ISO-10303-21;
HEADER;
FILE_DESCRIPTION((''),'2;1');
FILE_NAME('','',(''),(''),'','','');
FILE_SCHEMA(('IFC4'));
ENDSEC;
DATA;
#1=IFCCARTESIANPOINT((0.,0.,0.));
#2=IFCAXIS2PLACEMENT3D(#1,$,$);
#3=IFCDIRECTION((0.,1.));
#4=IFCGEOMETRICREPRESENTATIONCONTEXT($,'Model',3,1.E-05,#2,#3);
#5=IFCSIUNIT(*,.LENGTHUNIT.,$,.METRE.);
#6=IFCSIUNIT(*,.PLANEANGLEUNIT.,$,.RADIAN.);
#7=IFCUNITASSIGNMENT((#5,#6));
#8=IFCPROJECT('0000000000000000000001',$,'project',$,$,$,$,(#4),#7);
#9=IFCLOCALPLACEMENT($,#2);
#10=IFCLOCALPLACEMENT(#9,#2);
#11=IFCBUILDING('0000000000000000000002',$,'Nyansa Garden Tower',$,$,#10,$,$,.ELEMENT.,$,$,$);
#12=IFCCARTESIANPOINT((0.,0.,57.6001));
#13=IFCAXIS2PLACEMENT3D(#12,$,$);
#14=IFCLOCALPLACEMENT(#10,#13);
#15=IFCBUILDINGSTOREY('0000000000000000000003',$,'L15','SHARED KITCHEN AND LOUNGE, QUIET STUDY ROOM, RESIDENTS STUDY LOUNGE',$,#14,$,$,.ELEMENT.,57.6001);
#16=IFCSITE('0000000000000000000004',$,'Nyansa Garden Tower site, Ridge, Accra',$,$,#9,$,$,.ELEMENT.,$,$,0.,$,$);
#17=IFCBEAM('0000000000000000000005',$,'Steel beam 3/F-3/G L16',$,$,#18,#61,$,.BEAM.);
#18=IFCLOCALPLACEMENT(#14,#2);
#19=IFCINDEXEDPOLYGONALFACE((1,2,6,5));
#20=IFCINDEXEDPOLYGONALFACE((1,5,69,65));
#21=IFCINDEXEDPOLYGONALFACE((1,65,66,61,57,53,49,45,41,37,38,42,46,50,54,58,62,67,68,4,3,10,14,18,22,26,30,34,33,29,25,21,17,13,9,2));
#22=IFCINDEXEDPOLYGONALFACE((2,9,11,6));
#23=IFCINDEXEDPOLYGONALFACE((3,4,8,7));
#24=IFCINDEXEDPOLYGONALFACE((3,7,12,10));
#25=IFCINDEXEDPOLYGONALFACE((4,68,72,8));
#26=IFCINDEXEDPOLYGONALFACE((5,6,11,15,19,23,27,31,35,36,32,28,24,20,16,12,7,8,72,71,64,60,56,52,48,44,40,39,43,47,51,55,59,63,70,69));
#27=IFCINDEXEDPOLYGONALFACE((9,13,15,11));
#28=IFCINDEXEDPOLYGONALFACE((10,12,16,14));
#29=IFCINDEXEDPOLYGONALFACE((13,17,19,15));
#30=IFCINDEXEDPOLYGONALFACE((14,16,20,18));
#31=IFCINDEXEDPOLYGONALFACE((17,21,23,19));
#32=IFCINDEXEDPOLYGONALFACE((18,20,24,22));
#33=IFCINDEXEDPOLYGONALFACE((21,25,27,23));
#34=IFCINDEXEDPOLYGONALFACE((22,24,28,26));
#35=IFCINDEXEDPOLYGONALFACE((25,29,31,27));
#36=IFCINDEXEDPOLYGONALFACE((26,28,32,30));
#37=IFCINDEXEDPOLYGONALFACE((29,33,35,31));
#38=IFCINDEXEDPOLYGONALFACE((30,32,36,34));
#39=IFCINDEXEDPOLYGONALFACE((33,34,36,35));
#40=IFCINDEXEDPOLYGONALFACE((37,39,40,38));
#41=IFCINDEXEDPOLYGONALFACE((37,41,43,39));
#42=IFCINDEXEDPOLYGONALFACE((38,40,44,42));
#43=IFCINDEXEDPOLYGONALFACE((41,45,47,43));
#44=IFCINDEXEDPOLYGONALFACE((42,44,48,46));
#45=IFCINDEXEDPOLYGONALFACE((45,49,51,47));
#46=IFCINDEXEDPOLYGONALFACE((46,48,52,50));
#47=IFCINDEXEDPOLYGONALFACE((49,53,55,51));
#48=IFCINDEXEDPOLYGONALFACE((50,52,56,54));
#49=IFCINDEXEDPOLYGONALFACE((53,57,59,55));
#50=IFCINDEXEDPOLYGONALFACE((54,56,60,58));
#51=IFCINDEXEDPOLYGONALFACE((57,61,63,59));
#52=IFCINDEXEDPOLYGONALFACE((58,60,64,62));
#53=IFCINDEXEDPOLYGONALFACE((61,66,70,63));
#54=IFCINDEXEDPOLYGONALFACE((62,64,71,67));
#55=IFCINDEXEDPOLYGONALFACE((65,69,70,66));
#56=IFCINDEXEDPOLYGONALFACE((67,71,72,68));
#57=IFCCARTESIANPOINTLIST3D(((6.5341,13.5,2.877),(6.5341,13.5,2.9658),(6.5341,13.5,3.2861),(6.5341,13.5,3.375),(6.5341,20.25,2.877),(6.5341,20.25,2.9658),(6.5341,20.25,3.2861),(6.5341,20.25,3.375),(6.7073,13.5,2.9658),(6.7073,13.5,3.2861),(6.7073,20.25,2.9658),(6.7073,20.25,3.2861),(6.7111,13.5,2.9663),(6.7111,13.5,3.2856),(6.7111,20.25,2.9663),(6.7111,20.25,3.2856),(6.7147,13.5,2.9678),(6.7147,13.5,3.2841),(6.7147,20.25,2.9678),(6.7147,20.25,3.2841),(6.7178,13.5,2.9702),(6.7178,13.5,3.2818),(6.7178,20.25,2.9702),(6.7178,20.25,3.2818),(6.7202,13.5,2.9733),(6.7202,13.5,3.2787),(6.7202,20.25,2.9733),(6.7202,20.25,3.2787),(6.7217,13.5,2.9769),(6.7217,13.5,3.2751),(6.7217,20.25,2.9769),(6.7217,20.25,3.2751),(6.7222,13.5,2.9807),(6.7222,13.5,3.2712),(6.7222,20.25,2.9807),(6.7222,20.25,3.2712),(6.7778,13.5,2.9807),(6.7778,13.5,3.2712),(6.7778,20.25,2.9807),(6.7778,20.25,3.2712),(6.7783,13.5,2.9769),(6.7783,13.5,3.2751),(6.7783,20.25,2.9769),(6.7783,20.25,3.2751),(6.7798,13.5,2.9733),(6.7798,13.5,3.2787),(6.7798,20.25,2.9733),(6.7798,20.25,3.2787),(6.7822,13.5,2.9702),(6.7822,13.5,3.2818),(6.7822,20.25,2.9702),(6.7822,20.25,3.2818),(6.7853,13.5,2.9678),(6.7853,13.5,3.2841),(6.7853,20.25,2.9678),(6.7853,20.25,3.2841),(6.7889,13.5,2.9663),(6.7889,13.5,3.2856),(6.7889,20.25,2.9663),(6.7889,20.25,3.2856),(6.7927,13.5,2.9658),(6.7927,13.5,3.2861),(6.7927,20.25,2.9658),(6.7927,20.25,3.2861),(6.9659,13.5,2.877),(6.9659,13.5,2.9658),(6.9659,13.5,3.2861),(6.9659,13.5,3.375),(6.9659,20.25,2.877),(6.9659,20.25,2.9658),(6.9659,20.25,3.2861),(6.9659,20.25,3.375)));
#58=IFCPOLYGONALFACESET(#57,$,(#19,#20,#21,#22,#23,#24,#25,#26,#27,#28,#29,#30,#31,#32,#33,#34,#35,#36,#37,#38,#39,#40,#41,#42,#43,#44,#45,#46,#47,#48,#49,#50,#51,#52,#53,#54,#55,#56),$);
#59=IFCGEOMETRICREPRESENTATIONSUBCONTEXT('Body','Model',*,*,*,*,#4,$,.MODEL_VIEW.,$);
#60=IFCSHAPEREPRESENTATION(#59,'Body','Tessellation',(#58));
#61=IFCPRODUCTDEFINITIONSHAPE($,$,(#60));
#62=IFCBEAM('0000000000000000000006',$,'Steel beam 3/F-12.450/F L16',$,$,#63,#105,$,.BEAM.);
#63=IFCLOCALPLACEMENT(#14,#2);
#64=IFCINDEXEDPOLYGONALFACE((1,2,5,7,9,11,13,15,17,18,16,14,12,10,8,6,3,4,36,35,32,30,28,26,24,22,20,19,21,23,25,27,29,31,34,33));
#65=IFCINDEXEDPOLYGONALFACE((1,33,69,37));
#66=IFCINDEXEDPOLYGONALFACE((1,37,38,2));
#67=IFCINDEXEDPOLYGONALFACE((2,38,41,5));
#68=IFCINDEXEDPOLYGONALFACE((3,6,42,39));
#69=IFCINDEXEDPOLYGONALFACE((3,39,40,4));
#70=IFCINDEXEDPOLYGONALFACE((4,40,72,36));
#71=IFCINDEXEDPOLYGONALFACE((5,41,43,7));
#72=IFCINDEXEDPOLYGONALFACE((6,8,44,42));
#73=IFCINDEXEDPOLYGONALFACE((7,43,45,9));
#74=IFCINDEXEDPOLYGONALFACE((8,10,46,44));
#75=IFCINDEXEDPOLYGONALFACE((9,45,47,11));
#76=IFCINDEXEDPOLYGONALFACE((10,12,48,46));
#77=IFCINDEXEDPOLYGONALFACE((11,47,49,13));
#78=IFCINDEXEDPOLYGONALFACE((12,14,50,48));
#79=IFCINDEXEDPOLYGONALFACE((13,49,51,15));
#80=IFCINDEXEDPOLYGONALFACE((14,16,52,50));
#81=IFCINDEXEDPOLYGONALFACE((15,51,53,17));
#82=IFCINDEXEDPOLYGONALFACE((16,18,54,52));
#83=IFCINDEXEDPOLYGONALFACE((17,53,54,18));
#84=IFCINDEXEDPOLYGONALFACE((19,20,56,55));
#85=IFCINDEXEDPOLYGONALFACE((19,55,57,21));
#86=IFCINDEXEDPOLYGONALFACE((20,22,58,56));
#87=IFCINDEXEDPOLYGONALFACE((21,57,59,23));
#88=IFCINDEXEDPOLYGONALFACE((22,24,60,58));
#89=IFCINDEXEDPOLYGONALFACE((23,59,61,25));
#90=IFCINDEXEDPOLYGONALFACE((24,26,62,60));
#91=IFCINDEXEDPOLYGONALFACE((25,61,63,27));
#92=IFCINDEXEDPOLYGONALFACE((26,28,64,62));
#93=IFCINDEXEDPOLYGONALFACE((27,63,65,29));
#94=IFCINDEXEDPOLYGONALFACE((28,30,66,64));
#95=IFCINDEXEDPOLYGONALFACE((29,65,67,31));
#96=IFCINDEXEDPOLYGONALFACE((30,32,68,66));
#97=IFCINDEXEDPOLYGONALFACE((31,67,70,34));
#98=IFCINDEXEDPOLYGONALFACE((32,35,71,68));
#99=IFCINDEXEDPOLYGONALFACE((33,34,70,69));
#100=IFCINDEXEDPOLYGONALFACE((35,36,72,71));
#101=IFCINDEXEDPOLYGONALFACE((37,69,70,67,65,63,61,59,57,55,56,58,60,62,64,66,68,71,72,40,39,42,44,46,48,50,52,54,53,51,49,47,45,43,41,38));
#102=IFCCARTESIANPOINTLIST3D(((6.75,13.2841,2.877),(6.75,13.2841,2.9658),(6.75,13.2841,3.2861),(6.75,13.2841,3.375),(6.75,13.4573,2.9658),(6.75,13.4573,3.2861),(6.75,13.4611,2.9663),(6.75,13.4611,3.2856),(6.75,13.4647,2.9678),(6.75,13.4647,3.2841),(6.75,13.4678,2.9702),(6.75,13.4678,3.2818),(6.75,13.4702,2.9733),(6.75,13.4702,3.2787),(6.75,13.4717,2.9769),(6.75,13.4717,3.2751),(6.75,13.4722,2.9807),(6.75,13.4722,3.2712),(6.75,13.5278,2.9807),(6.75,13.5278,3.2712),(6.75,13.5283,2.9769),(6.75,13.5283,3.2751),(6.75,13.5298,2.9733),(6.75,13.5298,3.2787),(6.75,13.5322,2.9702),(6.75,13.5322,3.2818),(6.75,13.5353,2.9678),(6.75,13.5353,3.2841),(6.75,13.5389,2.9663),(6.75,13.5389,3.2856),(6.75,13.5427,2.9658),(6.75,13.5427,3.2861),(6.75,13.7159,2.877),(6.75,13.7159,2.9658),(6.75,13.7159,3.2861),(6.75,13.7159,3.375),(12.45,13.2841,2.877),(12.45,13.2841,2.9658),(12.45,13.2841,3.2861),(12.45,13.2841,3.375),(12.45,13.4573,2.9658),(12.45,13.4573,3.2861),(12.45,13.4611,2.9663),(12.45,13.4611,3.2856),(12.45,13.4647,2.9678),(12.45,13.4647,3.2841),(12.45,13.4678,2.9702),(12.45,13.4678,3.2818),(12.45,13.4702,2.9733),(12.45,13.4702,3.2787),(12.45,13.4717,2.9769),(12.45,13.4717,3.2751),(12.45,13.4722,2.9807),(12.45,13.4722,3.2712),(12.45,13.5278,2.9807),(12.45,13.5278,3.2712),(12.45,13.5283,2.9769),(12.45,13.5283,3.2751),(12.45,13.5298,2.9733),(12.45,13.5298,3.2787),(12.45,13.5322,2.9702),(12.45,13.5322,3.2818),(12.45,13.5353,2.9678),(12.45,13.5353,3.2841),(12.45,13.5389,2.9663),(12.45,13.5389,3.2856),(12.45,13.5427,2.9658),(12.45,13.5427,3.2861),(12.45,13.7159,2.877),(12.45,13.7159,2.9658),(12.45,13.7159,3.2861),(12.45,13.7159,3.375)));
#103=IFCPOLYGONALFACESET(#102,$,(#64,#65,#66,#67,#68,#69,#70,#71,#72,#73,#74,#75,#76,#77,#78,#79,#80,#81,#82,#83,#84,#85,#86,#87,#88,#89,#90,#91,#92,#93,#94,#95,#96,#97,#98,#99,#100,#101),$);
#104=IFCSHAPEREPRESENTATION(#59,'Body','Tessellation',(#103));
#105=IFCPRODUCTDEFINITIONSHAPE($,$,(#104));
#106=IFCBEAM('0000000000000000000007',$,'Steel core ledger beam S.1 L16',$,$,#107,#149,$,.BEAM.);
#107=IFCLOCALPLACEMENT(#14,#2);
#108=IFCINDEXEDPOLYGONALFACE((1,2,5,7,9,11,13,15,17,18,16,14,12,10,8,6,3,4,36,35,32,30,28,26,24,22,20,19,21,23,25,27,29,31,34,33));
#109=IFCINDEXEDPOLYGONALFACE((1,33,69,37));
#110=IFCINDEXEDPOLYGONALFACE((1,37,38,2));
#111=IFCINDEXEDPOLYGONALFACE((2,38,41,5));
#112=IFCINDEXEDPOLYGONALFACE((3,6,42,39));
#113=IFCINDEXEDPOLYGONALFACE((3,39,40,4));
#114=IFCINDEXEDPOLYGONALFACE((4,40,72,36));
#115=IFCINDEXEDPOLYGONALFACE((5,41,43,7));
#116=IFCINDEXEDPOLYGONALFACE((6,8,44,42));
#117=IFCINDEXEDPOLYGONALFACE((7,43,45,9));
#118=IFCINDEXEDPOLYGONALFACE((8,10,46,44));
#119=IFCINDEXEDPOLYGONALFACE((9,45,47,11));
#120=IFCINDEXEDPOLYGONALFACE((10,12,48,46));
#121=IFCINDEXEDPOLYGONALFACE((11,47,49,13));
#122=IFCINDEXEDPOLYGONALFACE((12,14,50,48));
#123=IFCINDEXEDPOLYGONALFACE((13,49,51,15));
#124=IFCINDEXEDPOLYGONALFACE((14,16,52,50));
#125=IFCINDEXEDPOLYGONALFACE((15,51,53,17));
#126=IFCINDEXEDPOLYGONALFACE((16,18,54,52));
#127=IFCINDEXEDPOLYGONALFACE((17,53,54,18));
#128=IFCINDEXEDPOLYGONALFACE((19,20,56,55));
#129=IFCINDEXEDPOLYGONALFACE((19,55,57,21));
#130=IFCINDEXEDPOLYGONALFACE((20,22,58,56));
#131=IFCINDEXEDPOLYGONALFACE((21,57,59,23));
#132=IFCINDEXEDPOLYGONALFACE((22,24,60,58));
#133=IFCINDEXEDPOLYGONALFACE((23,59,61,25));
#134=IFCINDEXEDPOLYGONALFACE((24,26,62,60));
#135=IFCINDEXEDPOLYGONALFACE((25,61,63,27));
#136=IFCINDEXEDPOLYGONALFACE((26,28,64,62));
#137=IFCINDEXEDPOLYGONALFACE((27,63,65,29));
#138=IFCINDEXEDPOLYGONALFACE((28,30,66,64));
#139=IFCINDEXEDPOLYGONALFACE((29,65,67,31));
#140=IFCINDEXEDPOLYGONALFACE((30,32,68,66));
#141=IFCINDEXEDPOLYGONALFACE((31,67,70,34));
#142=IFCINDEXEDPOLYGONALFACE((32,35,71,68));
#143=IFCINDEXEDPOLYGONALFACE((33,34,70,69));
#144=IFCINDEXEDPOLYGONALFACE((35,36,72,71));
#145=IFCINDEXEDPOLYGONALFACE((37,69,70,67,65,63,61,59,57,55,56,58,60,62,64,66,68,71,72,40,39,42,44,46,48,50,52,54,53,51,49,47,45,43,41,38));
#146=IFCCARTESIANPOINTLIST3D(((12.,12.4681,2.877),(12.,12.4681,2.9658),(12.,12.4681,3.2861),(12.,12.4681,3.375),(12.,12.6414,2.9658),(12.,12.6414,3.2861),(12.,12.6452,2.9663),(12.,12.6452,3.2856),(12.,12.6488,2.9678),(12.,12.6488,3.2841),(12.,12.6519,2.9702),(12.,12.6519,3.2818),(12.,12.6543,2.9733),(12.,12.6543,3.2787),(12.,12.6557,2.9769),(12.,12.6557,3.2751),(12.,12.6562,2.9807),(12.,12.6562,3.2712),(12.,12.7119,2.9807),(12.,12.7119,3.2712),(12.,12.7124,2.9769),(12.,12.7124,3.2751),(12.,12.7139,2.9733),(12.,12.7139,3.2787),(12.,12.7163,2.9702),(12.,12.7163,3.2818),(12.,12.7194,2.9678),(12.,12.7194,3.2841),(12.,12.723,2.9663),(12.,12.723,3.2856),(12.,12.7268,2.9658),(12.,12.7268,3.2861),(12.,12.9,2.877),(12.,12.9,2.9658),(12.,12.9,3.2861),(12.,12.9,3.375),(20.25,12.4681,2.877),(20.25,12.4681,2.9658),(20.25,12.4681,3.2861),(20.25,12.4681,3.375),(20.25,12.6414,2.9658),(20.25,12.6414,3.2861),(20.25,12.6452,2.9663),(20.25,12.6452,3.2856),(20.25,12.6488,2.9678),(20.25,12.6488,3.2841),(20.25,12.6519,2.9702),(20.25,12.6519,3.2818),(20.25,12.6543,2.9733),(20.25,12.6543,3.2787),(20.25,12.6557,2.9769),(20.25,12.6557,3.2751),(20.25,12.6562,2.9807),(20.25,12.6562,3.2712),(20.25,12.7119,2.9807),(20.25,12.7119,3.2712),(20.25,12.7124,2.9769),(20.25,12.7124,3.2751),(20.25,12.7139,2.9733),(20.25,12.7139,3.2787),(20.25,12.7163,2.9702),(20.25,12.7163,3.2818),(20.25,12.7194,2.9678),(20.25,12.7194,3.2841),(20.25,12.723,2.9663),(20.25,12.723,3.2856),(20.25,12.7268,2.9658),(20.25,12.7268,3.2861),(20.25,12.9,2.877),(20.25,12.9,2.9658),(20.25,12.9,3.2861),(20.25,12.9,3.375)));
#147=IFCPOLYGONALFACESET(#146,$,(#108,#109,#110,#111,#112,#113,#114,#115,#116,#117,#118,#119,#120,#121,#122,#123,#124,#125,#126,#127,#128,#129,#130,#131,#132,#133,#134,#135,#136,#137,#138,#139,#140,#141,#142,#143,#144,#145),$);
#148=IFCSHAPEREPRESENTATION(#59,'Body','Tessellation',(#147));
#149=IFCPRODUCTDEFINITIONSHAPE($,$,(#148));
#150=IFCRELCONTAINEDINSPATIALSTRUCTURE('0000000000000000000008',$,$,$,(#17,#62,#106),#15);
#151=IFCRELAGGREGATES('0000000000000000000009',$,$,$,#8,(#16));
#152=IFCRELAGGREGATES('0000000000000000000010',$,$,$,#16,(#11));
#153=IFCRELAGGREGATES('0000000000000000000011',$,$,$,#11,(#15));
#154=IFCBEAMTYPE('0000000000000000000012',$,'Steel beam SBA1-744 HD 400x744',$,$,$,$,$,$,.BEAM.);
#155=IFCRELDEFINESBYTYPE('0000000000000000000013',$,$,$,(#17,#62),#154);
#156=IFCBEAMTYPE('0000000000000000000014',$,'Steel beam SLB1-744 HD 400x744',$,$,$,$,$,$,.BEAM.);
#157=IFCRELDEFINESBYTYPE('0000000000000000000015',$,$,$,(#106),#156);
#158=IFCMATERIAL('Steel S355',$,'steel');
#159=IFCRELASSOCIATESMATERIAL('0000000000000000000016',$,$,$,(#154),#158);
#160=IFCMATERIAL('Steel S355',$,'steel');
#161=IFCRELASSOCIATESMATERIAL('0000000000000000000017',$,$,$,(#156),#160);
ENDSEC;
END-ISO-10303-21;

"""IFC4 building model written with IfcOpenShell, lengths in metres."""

from ifc_helpers import new_model, si_unit, direction, frame, origin, origin_2d, place, context, subcontext, project, spatial, i_section, extrude, material, material_profile, profile_set, type_object, element, save


model = new_model("IFC4")

# Units and contexts
model_context = context("Model", 3, precision=1e-05, world=origin(), true_north=direction((0.0, 1.0)))
body_context = subcontext(model_context, "Body", "Model", "MODEL_VIEW")
ifc_project = project(units=[si_unit("LENGTHUNIT", "METRE"), si_unit("PLANEANGLEUNIT", "RADIAN")], contexts=[model_context])

# Site, building, storey
site_placement = place(None, origin())
site = spatial("IfcSite", under=ifc_project, at=site_placement, Name="Nyansa Garden Tower site, Ridge, Accra", CompositionType="ELEMENT", RefElevation=0.0)
building_placement = place(site_placement, origin())
building = spatial("IfcBuilding", under=site, at=building_placement, Name="Nyansa Garden Tower", CompositionType="ELEMENT")
storey_placement = place(building_placement, frame((0.0, 0.0, 57.6001)))
storey = spatial("IfcBuildingStorey", under=building, at=storey_placement, Name="L15", Description="SHARED KITCHEN AND LOUNGE, QUIET STUDY ROOM, RESIDENTS STUDY LOUNGE", CompositionType="ELEMENT", Elevation=57.6001)

# Beams
ifc_material_1 = material(Name="Steel S355", Category="steel")
ifc_material_profile_1 = material_profile(ifc_material_1, i_section(OverallWidth=0.4319, OverallDepth=0.498, WebThickness=0.0557, FlangeThickness=0.0889, FilletRadius=0.0149, at=origin_2d()), Name="HD 400x744")
ifc_profile_set_1 = profile_set([ifc_material_profile_1], Name="Steel S355")
beam_type_1 = type_object("IfcBeamType", Name="Steel beam SBA1-744 HD 400x744", PredefinedType="BEAM", material=ifc_profile_set_1)
beam_1_placement = place(storey_placement, frame((6.75, 13.5, 3.126), z_axis=(0.0, 1.0, 0.0), x_axis=(-1.0, 0.0, 0.0)))
element("IfcBeam", 1, at=beam_1_placement, inside=storey, type_object=beam_type_1, Name="Steel beam 3/F-3/G L16", PredefinedType="BEAM", context=body_context, shape_type="SweptSolid", body=[
    extrude(i_section(OverallWidth=0.4319, OverallDepth=0.498, WebThickness=0.0557, FlangeThickness=0.0889, FilletRadius=0.0149, at=origin_2d()), origin(), (0.0, 0.0, 1.0), 6.75),
])
beam_2_placement = place(storey_placement, frame((6.75, 13.5, 3.126), z_axis=(1.0, 0.0, 0.0), x_axis=(0.0, 1.0, 0.0)))
element("IfcBeam", 2, at=beam_2_placement, inside=storey, type_object=beam_type_1, Name="Steel beam 3/F-12.450/F L16", PredefinedType="BEAM", context=body_context, shape_type="SweptSolid", body=[
    extrude(i_section(OverallWidth=0.4319, OverallDepth=0.498, WebThickness=0.0557, FlangeThickness=0.0889, FilletRadius=0.0149, at=origin_2d()), origin(), (0.0, 0.0, 1.0), 5.7),
])
ifc_material_2 = material(Name="Steel S355", Category="steel")
ifc_material_profile_2 = material_profile(ifc_material_2, i_section(OverallWidth=0.4319, OverallDepth=0.498, WebThickness=0.0557, FlangeThickness=0.0889, FilletRadius=0.0149, at=origin_2d()), Name="HD 400x744")
ifc_profile_set_2 = profile_set([ifc_material_profile_2], Name="Steel S355")
beam_type_2 = type_object("IfcBeamType", Name="Steel beam SLB1-744 HD 400x744", PredefinedType="BEAM", material=ifc_profile_set_2)
beam_3_placement = place(storey_placement, frame((12.0, 12.6841, 3.126), z_axis=(1.0, 0.0, 0.0), x_axis=(0.0, 1.0, 0.0)))
element("IfcBeam", 3, at=beam_3_placement, inside=storey, type_object=beam_type_2, Name="Steel core ledger beam S.1 L16", PredefinedType="BEAM", context=body_context, shape_type="SweptSolid", body=[
    extrude(i_section(OverallWidth=0.4319, OverallDepth=0.498, WebThickness=0.0557, FlangeThickness=0.0889, FilletRadius=0.0149, at=origin_2d()), origin(), (0.0, 0.0, 1.0), 8.25),
])

save(model, "model.ifc")
